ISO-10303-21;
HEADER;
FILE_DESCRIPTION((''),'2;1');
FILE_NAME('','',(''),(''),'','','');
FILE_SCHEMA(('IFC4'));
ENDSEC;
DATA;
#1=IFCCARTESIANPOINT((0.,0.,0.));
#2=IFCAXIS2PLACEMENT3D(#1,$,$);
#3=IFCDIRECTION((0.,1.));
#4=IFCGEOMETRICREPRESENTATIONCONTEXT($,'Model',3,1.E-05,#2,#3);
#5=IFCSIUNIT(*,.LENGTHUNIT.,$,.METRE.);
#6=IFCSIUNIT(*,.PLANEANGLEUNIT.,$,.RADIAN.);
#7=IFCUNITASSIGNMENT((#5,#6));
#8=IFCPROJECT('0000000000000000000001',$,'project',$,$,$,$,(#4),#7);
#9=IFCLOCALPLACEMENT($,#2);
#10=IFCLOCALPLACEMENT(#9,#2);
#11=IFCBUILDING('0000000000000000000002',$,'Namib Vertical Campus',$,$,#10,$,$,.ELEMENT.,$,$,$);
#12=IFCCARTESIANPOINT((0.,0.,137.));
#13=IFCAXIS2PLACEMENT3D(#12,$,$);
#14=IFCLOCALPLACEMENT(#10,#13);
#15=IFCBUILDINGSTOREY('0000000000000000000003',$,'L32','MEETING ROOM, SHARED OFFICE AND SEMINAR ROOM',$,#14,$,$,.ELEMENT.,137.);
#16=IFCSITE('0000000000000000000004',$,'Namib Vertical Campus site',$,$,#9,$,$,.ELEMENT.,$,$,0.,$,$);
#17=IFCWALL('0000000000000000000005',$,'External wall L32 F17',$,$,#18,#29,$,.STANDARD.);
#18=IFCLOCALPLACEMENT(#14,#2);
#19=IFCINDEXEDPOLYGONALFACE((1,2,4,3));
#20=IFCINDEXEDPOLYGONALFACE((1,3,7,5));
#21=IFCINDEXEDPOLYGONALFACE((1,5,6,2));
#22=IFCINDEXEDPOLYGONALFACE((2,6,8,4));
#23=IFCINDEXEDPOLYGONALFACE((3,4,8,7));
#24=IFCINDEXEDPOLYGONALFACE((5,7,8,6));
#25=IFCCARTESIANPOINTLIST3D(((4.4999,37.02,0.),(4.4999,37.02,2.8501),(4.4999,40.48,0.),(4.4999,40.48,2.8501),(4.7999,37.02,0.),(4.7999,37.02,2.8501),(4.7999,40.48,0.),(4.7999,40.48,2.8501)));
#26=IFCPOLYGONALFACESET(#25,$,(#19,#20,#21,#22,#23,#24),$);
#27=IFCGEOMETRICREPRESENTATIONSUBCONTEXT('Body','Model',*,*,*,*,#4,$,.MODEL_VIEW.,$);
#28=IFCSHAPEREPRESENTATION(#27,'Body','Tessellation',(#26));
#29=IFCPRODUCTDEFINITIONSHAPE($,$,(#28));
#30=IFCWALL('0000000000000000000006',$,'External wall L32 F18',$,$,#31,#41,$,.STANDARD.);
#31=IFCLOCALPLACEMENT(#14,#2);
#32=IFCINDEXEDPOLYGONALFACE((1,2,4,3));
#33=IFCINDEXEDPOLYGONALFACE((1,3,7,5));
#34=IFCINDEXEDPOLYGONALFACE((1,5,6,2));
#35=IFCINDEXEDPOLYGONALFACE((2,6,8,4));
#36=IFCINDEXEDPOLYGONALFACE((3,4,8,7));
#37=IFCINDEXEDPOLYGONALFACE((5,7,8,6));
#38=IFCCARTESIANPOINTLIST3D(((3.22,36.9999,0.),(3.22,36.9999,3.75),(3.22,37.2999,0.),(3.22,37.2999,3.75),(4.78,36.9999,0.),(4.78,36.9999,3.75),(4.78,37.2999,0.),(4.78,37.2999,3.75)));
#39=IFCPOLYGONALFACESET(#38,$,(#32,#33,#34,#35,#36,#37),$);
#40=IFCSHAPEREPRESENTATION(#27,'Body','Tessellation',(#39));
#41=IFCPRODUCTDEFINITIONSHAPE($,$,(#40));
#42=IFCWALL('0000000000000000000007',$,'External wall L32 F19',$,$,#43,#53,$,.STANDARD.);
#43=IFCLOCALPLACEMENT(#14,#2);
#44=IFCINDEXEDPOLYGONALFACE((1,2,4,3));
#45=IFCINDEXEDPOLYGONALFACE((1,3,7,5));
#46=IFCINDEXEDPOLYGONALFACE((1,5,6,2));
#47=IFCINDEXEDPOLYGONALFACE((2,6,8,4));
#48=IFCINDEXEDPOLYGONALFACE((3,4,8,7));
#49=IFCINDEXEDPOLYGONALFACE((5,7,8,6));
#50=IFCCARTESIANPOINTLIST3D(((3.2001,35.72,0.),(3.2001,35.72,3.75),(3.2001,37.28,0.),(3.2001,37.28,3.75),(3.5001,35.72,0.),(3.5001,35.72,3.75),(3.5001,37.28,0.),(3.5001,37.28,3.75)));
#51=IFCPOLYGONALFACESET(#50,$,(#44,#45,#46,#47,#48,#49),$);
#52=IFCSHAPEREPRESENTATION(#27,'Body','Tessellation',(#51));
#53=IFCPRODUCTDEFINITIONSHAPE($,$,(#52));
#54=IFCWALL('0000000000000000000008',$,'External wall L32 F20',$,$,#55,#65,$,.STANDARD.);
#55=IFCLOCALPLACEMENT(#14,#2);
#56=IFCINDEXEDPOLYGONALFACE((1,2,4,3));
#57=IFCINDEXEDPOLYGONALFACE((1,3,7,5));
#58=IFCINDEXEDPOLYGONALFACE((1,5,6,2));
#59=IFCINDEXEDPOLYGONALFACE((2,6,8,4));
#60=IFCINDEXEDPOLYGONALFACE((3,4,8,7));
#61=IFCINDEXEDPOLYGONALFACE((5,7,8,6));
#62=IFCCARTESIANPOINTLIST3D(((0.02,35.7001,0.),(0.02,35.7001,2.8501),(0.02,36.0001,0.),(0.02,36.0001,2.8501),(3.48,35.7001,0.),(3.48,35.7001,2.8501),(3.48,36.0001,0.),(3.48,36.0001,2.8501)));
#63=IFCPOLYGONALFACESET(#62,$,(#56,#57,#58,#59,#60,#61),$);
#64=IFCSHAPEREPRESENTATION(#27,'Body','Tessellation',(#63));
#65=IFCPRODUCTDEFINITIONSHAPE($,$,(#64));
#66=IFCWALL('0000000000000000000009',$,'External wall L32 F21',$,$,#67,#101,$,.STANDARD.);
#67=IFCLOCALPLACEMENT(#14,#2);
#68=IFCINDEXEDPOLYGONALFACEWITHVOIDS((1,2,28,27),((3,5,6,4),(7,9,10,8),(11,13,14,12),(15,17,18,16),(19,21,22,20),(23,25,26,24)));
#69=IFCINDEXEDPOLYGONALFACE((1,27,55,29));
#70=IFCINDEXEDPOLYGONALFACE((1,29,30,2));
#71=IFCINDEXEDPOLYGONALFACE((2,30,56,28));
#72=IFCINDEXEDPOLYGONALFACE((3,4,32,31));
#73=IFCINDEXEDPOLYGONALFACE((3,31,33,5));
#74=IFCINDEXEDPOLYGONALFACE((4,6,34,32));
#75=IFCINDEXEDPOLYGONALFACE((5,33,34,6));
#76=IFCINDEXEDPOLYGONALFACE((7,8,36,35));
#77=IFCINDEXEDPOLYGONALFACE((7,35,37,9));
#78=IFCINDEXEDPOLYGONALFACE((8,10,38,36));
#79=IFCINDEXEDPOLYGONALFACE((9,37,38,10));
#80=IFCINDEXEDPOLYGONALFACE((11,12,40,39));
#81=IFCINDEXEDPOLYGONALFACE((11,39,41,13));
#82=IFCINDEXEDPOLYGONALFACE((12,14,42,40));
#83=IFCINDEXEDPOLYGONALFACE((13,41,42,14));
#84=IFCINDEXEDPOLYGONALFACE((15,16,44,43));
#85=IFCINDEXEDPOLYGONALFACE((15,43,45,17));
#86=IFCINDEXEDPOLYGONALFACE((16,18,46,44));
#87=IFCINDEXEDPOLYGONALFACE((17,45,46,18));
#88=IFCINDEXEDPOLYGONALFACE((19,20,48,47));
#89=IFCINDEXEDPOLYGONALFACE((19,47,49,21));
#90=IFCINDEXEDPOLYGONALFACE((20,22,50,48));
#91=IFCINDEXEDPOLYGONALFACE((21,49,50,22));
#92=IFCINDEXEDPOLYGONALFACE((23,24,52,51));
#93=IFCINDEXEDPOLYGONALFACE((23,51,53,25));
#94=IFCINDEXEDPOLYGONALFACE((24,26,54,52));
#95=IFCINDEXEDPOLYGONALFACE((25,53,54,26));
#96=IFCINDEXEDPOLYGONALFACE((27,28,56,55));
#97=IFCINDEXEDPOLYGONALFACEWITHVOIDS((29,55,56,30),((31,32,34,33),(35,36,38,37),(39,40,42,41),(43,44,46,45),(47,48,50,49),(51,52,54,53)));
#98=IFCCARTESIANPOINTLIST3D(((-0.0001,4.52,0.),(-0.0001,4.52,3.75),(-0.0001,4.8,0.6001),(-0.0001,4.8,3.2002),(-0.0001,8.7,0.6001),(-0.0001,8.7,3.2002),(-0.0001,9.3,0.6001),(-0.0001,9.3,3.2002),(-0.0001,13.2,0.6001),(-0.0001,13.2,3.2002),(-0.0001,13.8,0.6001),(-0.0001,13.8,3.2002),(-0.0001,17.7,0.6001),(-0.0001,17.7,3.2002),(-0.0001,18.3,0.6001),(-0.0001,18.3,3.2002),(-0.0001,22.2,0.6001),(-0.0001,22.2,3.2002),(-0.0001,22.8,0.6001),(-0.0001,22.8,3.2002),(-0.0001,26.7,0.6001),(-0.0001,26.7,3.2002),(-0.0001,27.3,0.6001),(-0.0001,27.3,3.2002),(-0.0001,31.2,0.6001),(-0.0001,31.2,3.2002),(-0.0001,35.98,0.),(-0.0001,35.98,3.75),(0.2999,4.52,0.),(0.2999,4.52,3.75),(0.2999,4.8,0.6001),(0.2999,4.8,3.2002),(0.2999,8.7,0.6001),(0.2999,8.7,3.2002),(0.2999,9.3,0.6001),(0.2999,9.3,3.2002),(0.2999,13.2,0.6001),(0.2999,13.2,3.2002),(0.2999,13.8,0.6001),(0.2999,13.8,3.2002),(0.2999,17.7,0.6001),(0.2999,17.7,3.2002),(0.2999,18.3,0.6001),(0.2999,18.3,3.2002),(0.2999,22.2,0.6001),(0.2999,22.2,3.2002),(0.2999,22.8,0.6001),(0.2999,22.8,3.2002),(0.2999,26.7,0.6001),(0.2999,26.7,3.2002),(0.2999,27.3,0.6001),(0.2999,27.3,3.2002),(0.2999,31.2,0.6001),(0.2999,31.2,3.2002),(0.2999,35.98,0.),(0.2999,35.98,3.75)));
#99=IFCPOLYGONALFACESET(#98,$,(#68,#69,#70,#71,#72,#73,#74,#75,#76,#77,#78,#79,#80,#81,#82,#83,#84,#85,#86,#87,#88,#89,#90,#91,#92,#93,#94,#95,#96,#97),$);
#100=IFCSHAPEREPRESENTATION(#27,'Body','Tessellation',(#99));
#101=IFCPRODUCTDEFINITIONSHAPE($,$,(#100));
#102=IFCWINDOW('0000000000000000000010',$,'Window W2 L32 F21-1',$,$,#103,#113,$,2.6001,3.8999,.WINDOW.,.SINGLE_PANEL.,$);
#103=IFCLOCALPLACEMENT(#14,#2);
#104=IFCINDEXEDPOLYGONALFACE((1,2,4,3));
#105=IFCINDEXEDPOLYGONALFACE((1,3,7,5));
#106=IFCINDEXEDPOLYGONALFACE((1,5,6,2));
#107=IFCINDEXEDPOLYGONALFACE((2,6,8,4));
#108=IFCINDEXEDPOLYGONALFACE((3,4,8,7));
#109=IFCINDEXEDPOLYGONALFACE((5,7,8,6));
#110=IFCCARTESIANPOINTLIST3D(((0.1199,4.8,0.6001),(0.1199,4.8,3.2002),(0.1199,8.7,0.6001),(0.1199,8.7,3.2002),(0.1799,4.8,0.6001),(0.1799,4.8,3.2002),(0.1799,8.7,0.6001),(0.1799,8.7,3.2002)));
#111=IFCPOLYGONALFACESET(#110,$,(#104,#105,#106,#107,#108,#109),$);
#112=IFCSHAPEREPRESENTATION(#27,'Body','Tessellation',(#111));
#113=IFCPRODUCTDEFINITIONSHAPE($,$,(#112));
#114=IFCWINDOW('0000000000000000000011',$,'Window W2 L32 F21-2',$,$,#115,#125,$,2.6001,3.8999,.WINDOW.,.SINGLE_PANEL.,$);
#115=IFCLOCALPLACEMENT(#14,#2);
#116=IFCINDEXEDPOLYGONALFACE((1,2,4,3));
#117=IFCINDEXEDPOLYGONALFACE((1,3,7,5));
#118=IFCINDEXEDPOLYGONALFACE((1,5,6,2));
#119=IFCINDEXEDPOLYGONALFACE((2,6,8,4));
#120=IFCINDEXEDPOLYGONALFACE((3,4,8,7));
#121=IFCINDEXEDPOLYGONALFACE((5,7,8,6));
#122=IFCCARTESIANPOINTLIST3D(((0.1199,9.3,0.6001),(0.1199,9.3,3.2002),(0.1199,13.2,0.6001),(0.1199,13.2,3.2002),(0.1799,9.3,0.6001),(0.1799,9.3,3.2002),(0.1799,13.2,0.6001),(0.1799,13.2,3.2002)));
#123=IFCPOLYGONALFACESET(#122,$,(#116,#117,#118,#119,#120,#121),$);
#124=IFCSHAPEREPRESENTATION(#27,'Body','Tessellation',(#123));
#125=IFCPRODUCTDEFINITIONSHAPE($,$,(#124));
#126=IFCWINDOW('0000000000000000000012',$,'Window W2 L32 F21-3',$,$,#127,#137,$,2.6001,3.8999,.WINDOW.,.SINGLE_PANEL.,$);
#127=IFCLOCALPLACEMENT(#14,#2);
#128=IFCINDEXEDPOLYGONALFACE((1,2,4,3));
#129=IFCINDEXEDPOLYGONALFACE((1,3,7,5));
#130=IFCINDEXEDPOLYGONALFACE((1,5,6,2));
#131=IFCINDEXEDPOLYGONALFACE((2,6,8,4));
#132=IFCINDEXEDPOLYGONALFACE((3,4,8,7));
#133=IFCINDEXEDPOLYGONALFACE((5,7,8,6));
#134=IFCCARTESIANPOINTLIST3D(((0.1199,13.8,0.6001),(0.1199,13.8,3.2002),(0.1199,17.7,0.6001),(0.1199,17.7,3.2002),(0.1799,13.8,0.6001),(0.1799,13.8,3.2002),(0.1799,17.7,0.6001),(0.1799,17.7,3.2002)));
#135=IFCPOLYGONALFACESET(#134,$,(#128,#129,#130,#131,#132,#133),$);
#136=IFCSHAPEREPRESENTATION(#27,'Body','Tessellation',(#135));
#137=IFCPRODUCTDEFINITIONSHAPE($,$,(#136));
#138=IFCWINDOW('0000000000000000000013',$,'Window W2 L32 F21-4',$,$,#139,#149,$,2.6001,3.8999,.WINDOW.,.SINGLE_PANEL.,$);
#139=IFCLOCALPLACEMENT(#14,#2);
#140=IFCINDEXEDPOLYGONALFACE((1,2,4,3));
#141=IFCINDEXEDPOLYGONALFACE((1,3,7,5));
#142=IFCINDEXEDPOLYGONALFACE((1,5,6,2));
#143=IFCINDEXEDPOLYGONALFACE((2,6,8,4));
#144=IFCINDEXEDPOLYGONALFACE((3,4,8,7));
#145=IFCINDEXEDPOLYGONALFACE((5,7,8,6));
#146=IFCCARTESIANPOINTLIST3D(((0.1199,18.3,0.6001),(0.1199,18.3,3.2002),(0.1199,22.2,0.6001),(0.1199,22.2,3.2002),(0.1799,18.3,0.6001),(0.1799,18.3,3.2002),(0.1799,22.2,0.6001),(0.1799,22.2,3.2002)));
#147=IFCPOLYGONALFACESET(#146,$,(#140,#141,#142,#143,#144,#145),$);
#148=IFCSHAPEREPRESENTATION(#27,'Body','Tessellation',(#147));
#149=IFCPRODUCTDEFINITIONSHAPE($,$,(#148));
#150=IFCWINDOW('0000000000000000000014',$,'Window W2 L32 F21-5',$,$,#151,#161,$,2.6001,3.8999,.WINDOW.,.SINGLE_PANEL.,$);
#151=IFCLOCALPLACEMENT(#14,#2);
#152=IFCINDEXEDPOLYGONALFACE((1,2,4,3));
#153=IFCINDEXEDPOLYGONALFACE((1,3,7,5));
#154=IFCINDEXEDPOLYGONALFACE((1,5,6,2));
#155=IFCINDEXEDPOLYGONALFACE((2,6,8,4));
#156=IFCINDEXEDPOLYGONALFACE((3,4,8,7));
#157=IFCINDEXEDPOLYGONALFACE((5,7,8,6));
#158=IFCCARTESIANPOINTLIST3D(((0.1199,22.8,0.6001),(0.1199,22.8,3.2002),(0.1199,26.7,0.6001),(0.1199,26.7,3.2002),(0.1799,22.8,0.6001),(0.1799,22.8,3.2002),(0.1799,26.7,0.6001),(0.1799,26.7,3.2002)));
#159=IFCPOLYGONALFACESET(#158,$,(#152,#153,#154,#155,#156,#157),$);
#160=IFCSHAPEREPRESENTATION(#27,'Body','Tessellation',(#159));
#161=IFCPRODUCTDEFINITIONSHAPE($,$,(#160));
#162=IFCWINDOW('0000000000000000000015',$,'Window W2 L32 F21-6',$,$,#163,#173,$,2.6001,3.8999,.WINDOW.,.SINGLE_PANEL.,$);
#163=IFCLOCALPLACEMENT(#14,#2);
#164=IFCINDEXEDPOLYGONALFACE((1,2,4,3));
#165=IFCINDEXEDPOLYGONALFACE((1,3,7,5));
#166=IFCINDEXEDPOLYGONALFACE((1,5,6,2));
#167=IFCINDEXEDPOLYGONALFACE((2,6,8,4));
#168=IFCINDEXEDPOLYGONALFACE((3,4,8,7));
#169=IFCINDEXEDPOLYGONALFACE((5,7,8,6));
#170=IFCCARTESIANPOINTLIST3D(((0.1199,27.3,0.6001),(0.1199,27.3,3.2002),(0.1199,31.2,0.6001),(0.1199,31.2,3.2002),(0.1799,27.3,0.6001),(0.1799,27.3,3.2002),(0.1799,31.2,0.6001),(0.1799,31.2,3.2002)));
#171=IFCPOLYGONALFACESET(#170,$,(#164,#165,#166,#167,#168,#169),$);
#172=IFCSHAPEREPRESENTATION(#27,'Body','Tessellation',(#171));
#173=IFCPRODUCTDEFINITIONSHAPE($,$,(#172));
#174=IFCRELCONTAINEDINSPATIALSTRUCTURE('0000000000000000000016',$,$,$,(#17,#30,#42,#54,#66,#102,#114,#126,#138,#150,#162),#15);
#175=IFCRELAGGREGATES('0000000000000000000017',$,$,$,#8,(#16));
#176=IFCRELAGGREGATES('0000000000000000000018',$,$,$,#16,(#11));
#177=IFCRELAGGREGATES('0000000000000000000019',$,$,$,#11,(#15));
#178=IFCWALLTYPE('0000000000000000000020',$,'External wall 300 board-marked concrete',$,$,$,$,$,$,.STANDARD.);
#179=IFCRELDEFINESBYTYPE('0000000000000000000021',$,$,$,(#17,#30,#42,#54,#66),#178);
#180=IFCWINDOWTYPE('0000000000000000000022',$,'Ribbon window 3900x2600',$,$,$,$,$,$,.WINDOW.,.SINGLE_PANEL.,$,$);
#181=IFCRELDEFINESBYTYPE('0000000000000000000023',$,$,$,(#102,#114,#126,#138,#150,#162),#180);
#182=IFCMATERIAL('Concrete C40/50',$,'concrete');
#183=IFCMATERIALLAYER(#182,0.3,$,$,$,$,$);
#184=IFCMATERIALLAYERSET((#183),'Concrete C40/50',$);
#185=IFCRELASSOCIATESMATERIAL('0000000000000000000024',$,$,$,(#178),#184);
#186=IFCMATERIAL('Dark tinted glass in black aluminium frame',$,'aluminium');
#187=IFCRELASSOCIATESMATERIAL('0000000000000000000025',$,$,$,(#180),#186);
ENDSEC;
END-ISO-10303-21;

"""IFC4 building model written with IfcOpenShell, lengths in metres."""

from ifc_helpers import new_model, si_unit, direction, frame, frame_2d, origin, place, context, subcontext, project, spatial, rectangle, extrude, material, layer, layer_set, type_object, element, fill, save


model = new_model("IFC4")

# Units and contexts
model_context = context("Model", 3, precision=1e-05, world=origin(), true_north=direction((0.0, 1.0)))
body_context = subcontext(model_context, "Body", "Model", "MODEL_VIEW")
ifc_project = project(units=[si_unit("LENGTHUNIT", "METRE"), si_unit("PLANEANGLEUNIT", "RADIAN")], contexts=[model_context])

# Site, building, storey
site_placement = place(None, origin())
site = spatial("IfcSite", under=ifc_project, at=site_placement, Name="Namib Vertical Campus site", CompositionType="ELEMENT", RefElevation=0.0)
building_placement = place(site_placement, origin())
building = spatial("IfcBuilding", under=site, at=building_placement, Name="Namib Vertical Campus", CompositionType="ELEMENT")
storey_placement = place(building_placement, frame((0.0, 0.0, 137.0)))
storey = spatial("IfcBuildingStorey", under=building, at=storey_placement, Name="L32", Description="MEETING ROOM, SHARED OFFICE AND SEMINAR ROOM", CompositionType="ELEMENT", Elevation=137.0)

# Walls
ifc_material_1 = material(Name="Concrete C40/50", Category="concrete")
ifc_layer_1 = layer(ifc_material_1, 0.3)
ifc_layer_set_1 = layer_set([ifc_layer_1], Name="Concrete C40/50")
wall_type_1 = type_object("IfcWallType", Name="External wall 300 board-marked concrete", PredefinedType="STANDARD", material=ifc_layer_set_1)
wall_1_placement = place(storey_placement, frame((4.6499, 40.48, 0.0), z_axis=(0.0, 0.0, 1.0), x_axis=(0.0, -1.0, 0.0)))
element("IfcWall", 1, at=wall_1_placement, inside=storey, type_object=wall_type_1, Name="External wall L32 F17", PredefinedType="STANDARD", context=body_context, shape_type="SweptSolid", body=[
    extrude(rectangle(XDim=3.46, YDim=0.3, at=frame_2d((1.73, 0.0))), origin(), (0.0, 0.0, 1.0), 2.8501),
])
for number, where, z_axis, x_axis, name in (
    (2, (4.78, 37.1499, 0.0), (0.0, 0.0, 1.0), (-1.0, 0.0, 0.0), "External wall L32 F18"),
    (3, (3.3501, 37.28, 0.0), (0.0, 0.0, 1.0), (0.0, -1.0, 0.0), "External wall L32 F19"),
):
    element("IfcWall", number, at=place(storey_placement, frame(where, z_axis=z_axis, x_axis=x_axis)), inside=storey, type_object=wall_type_1, Name=name, PredefinedType="STANDARD", context=body_context, shape_type="SweptSolid", body=[
        extrude(rectangle(XDim=1.5601, YDim=0.3, at=frame_2d((0.78, 0.0))), origin(), (0.0, 0.0, 1.0), 3.75),
    ])
wall_2_placement = place(storey_placement, frame((3.48, 35.8501, 0.0), z_axis=(0.0, 0.0, 1.0), x_axis=(-1.0, 0.0, 0.0)))
element("IfcWall", 4, at=wall_2_placement, inside=storey, type_object=wall_type_1, Name="External wall L32 F20", PredefinedType="STANDARD", context=body_context, shape_type="SweptSolid", body=[
    extrude(rectangle(XDim=3.46, YDim=0.3, at=frame_2d((1.73, 0.0))), origin(), (0.0, 0.0, 1.0), 2.8501),
])

# Wall, openings, windows
wall_3_placement = place(storey_placement, frame((0.1499, 35.98, 0.0), z_axis=(0.0, 0.0, 1.0), x_axis=(0.0, -1.0, 0.0)))
wall_3 = element("IfcWall", 5, at=wall_3_placement, inside=storey, type_object=wall_type_1, Name="External wall L32 F21", PredefinedType="STANDARD", context=body_context, shape_type="SweptSolid", body=[
    extrude(rectangle(XDim=31.46, YDim=0.3, at=frame_2d((15.73, 0.0))), origin(), (0.0, 0.0, 1.0), 3.75),
])
opening_1_placement = place(wall_3_placement, frame((27.28, 0.0, 0.6001)))
opening_1 = element("IfcOpeningElement", 6, at=opening_1_placement, cuts=wall_3, PredefinedType="OPENING", context=body_context, shape_type="SweptSolid", body=[
    extrude(rectangle(XDim=3.8999, YDim=2.6001, at=frame_2d((1.95, 1.3))), frame((0.0, 0.1599, 0.0), z_axis=(0.0, -1.0, 0.0), x_axis=(1.0, 0.0, 0.0)), (0.0, 0.0, 1.0), 0.3201),
])
opening_2_placement = place(wall_3_placement, frame((22.78, 0.0, 0.6001)))
opening_2 = element("IfcOpeningElement", 7, at=opening_2_placement, cuts=wall_3, PredefinedType="OPENING", context=body_context, shape_type="SweptSolid", body=[
    extrude(rectangle(XDim=3.8999, YDim=2.6001, at=frame_2d((1.95, 1.3))), frame((0.0, 0.1599, 0.0), z_axis=(0.0, -1.0, 0.0), x_axis=(1.0, 0.0, 0.0)), (0.0, 0.0, 1.0), 0.3201),
])
opening_3_placement = place(wall_3_placement, frame((18.28, 0.0, 0.6001)))
opening_3 = element("IfcOpeningElement", 8, at=opening_3_placement, cuts=wall_3, PredefinedType="OPENING", context=body_context, shape_type="SweptSolid", body=[
    extrude(rectangle(XDim=3.8999, YDim=2.6001, at=frame_2d((1.95, 1.3))), frame((0.0, 0.1599, 0.0), z_axis=(0.0, -1.0, 0.0), x_axis=(1.0, 0.0, 0.0)), (0.0, 0.0, 1.0), 0.3201),
])
opening_4_placement = place(wall_3_placement, frame((13.78, 0.0, 0.6001)))
opening_4 = element("IfcOpeningElement", 9, at=opening_4_placement, cuts=wall_3, PredefinedType="OPENING", context=body_context, shape_type="SweptSolid", body=[
    extrude(rectangle(XDim=3.8999, YDim=2.6001, at=frame_2d((1.95, 1.3))), frame((0.0, 0.1599, 0.0), z_axis=(0.0, -1.0, 0.0), x_axis=(1.0, 0.0, 0.0)), (0.0, 0.0, 1.0), 0.3201),
])
opening_5_placement = place(wall_3_placement, frame((9.28, 0.0, 0.6001)))
opening_5 = element("IfcOpeningElement", 10, at=opening_5_placement, cuts=wall_3, PredefinedType="OPENING", context=body_context, shape_type="SweptSolid", body=[
    extrude(rectangle(XDim=3.8999, YDim=2.6001, at=frame_2d((1.95, 1.3))), frame((0.0, 0.1599, 0.0), z_axis=(0.0, -1.0, 0.0), x_axis=(1.0, 0.0, 0.0)), (0.0, 0.0, 1.0), 0.3201),
])
opening_6_placement = place(wall_3_placement, frame((4.78, 0.0, 0.6001)))
opening_6 = element("IfcOpeningElement", 11, at=opening_6_placement, cuts=wall_3, PredefinedType="OPENING", context=body_context, shape_type="SweptSolid", body=[
    extrude(rectangle(XDim=3.8999, YDim=2.6001, at=frame_2d((1.95, 1.3))), frame((0.0, 0.1599, 0.0), z_axis=(0.0, -1.0, 0.0), x_axis=(1.0, 0.0, 0.0)), (0.0, 0.0, 1.0), 0.3201),
])
ifc_material_2 = material(Name="Dark tinted glass in black aluminium frame", Category="aluminium")
window_type = type_object("IfcWindowType", Name="Ribbon window 3900x2600", PartitioningType="SINGLE_PANEL", PredefinedType="WINDOW", material=ifc_material_2)
window_1_placement = place(opening_1_placement, origin())
window_1 = element("IfcWindow", 12, at=window_1_placement, inside=storey, type_object=window_type, Name="Window W2 L32 F21-1", OverallHeight=2.6001, OverallWidth=3.8999, PartitioningType="SINGLE_PANEL", PredefinedType="WINDOW", context=body_context, shape_type="SweptSolid", body=[
    extrude(rectangle(XDim=3.8999, YDim=2.6001, at=frame_2d((1.95, 1.3))), frame((0.0, 0.03, 0.0), z_axis=(0.0, -1.0, 0.0), x_axis=(1.0, 0.0, 0.0)), (0.0, 0.0, 1.0), 0.0601),
])
fill(opening_1, window_1)
window_2_placement = place(opening_2_placement, origin())
window_2 = element("IfcWindow", 13, at=window_2_placement, inside=storey, type_object=window_type, Name="Window W2 L32 F21-2", OverallHeight=2.6001, OverallWidth=3.8999, PartitioningType="SINGLE_PANEL", PredefinedType="WINDOW", context=body_context, shape_type="SweptSolid", body=[
    extrude(rectangle(XDim=3.8999, YDim=2.6001, at=frame_2d((1.95, 1.3))), frame((0.0, 0.03, 0.0), z_axis=(0.0, -1.0, 0.0), x_axis=(1.0, 0.0, 0.0)), (0.0, 0.0, 1.0), 0.0601),
])
fill(opening_2, window_2)
window_3_placement = place(opening_3_placement, origin())
window_3 = element("IfcWindow", 14, at=window_3_placement, inside=storey, type_object=window_type, Name="Window W2 L32 F21-3", OverallHeight=2.6001, OverallWidth=3.8999, PartitioningType="SINGLE_PANEL", PredefinedType="WINDOW", context=body_context, shape_type="SweptSolid", body=[
    extrude(rectangle(XDim=3.8999, YDim=2.6001, at=frame_2d((1.95, 1.3))), frame((0.0, 0.03, 0.0), z_axis=(0.0, -1.0, 0.0), x_axis=(1.0, 0.0, 0.0)), (0.0, 0.0, 1.0), 0.0601),
])
fill(opening_3, window_3)
window_4_placement = place(opening_4_placement, origin())
window_4 = element("IfcWindow", 15, at=window_4_placement, inside=storey, type_object=window_type, Name="Window W2 L32 F21-4", OverallHeight=2.6001, OverallWidth=3.8999, PartitioningType="SINGLE_PANEL", PredefinedType="WINDOW", context=body_context, shape_type="SweptSolid", body=[
    extrude(rectangle(XDim=3.8999, YDim=2.6001, at=frame_2d((1.95, 1.3))), frame((0.0, 0.03, 0.0), z_axis=(0.0, -1.0, 0.0), x_axis=(1.0, 0.0, 0.0)), (0.0, 0.0, 1.0), 0.0601),
])
fill(opening_4, window_4)
window_5_placement = place(opening_5_placement, origin())
window_5 = element("IfcWindow", 16, at=window_5_placement, inside=storey, type_object=window_type, Name="Window W2 L32 F21-5", OverallHeight=2.6001, OverallWidth=3.8999, PartitioningType="SINGLE_PANEL", PredefinedType="WINDOW", context=body_context, shape_type="SweptSolid", body=[
    extrude(rectangle(XDim=3.8999, YDim=2.6001, at=frame_2d((1.95, 1.3))), frame((0.0, 0.03, 0.0), z_axis=(0.0, -1.0, 0.0), x_axis=(1.0, 0.0, 0.0)), (0.0, 0.0, 1.0), 0.0601),
])
fill(opening_5, window_5)
window_6_placement = place(opening_6_placement, origin())
window_6 = element("IfcWindow", 17, at=window_6_placement, inside=storey, type_object=window_type, Name="Window W2 L32 F21-6", OverallHeight=2.6001, OverallWidth=3.8999, PartitioningType="SINGLE_PANEL", PredefinedType="WINDOW", context=body_context, shape_type="SweptSolid", body=[
    extrude(rectangle(XDim=3.8999, YDim=2.6001, at=frame_2d((1.95, 1.3))), frame((0.0, 0.03, 0.0), z_axis=(0.0, -1.0, 0.0), x_axis=(1.0, 0.0, 0.0)), (0.0, 0.0, 1.0), 0.0601),
])
fill(opening_6, window_6)

save(model, "model.ifc")
